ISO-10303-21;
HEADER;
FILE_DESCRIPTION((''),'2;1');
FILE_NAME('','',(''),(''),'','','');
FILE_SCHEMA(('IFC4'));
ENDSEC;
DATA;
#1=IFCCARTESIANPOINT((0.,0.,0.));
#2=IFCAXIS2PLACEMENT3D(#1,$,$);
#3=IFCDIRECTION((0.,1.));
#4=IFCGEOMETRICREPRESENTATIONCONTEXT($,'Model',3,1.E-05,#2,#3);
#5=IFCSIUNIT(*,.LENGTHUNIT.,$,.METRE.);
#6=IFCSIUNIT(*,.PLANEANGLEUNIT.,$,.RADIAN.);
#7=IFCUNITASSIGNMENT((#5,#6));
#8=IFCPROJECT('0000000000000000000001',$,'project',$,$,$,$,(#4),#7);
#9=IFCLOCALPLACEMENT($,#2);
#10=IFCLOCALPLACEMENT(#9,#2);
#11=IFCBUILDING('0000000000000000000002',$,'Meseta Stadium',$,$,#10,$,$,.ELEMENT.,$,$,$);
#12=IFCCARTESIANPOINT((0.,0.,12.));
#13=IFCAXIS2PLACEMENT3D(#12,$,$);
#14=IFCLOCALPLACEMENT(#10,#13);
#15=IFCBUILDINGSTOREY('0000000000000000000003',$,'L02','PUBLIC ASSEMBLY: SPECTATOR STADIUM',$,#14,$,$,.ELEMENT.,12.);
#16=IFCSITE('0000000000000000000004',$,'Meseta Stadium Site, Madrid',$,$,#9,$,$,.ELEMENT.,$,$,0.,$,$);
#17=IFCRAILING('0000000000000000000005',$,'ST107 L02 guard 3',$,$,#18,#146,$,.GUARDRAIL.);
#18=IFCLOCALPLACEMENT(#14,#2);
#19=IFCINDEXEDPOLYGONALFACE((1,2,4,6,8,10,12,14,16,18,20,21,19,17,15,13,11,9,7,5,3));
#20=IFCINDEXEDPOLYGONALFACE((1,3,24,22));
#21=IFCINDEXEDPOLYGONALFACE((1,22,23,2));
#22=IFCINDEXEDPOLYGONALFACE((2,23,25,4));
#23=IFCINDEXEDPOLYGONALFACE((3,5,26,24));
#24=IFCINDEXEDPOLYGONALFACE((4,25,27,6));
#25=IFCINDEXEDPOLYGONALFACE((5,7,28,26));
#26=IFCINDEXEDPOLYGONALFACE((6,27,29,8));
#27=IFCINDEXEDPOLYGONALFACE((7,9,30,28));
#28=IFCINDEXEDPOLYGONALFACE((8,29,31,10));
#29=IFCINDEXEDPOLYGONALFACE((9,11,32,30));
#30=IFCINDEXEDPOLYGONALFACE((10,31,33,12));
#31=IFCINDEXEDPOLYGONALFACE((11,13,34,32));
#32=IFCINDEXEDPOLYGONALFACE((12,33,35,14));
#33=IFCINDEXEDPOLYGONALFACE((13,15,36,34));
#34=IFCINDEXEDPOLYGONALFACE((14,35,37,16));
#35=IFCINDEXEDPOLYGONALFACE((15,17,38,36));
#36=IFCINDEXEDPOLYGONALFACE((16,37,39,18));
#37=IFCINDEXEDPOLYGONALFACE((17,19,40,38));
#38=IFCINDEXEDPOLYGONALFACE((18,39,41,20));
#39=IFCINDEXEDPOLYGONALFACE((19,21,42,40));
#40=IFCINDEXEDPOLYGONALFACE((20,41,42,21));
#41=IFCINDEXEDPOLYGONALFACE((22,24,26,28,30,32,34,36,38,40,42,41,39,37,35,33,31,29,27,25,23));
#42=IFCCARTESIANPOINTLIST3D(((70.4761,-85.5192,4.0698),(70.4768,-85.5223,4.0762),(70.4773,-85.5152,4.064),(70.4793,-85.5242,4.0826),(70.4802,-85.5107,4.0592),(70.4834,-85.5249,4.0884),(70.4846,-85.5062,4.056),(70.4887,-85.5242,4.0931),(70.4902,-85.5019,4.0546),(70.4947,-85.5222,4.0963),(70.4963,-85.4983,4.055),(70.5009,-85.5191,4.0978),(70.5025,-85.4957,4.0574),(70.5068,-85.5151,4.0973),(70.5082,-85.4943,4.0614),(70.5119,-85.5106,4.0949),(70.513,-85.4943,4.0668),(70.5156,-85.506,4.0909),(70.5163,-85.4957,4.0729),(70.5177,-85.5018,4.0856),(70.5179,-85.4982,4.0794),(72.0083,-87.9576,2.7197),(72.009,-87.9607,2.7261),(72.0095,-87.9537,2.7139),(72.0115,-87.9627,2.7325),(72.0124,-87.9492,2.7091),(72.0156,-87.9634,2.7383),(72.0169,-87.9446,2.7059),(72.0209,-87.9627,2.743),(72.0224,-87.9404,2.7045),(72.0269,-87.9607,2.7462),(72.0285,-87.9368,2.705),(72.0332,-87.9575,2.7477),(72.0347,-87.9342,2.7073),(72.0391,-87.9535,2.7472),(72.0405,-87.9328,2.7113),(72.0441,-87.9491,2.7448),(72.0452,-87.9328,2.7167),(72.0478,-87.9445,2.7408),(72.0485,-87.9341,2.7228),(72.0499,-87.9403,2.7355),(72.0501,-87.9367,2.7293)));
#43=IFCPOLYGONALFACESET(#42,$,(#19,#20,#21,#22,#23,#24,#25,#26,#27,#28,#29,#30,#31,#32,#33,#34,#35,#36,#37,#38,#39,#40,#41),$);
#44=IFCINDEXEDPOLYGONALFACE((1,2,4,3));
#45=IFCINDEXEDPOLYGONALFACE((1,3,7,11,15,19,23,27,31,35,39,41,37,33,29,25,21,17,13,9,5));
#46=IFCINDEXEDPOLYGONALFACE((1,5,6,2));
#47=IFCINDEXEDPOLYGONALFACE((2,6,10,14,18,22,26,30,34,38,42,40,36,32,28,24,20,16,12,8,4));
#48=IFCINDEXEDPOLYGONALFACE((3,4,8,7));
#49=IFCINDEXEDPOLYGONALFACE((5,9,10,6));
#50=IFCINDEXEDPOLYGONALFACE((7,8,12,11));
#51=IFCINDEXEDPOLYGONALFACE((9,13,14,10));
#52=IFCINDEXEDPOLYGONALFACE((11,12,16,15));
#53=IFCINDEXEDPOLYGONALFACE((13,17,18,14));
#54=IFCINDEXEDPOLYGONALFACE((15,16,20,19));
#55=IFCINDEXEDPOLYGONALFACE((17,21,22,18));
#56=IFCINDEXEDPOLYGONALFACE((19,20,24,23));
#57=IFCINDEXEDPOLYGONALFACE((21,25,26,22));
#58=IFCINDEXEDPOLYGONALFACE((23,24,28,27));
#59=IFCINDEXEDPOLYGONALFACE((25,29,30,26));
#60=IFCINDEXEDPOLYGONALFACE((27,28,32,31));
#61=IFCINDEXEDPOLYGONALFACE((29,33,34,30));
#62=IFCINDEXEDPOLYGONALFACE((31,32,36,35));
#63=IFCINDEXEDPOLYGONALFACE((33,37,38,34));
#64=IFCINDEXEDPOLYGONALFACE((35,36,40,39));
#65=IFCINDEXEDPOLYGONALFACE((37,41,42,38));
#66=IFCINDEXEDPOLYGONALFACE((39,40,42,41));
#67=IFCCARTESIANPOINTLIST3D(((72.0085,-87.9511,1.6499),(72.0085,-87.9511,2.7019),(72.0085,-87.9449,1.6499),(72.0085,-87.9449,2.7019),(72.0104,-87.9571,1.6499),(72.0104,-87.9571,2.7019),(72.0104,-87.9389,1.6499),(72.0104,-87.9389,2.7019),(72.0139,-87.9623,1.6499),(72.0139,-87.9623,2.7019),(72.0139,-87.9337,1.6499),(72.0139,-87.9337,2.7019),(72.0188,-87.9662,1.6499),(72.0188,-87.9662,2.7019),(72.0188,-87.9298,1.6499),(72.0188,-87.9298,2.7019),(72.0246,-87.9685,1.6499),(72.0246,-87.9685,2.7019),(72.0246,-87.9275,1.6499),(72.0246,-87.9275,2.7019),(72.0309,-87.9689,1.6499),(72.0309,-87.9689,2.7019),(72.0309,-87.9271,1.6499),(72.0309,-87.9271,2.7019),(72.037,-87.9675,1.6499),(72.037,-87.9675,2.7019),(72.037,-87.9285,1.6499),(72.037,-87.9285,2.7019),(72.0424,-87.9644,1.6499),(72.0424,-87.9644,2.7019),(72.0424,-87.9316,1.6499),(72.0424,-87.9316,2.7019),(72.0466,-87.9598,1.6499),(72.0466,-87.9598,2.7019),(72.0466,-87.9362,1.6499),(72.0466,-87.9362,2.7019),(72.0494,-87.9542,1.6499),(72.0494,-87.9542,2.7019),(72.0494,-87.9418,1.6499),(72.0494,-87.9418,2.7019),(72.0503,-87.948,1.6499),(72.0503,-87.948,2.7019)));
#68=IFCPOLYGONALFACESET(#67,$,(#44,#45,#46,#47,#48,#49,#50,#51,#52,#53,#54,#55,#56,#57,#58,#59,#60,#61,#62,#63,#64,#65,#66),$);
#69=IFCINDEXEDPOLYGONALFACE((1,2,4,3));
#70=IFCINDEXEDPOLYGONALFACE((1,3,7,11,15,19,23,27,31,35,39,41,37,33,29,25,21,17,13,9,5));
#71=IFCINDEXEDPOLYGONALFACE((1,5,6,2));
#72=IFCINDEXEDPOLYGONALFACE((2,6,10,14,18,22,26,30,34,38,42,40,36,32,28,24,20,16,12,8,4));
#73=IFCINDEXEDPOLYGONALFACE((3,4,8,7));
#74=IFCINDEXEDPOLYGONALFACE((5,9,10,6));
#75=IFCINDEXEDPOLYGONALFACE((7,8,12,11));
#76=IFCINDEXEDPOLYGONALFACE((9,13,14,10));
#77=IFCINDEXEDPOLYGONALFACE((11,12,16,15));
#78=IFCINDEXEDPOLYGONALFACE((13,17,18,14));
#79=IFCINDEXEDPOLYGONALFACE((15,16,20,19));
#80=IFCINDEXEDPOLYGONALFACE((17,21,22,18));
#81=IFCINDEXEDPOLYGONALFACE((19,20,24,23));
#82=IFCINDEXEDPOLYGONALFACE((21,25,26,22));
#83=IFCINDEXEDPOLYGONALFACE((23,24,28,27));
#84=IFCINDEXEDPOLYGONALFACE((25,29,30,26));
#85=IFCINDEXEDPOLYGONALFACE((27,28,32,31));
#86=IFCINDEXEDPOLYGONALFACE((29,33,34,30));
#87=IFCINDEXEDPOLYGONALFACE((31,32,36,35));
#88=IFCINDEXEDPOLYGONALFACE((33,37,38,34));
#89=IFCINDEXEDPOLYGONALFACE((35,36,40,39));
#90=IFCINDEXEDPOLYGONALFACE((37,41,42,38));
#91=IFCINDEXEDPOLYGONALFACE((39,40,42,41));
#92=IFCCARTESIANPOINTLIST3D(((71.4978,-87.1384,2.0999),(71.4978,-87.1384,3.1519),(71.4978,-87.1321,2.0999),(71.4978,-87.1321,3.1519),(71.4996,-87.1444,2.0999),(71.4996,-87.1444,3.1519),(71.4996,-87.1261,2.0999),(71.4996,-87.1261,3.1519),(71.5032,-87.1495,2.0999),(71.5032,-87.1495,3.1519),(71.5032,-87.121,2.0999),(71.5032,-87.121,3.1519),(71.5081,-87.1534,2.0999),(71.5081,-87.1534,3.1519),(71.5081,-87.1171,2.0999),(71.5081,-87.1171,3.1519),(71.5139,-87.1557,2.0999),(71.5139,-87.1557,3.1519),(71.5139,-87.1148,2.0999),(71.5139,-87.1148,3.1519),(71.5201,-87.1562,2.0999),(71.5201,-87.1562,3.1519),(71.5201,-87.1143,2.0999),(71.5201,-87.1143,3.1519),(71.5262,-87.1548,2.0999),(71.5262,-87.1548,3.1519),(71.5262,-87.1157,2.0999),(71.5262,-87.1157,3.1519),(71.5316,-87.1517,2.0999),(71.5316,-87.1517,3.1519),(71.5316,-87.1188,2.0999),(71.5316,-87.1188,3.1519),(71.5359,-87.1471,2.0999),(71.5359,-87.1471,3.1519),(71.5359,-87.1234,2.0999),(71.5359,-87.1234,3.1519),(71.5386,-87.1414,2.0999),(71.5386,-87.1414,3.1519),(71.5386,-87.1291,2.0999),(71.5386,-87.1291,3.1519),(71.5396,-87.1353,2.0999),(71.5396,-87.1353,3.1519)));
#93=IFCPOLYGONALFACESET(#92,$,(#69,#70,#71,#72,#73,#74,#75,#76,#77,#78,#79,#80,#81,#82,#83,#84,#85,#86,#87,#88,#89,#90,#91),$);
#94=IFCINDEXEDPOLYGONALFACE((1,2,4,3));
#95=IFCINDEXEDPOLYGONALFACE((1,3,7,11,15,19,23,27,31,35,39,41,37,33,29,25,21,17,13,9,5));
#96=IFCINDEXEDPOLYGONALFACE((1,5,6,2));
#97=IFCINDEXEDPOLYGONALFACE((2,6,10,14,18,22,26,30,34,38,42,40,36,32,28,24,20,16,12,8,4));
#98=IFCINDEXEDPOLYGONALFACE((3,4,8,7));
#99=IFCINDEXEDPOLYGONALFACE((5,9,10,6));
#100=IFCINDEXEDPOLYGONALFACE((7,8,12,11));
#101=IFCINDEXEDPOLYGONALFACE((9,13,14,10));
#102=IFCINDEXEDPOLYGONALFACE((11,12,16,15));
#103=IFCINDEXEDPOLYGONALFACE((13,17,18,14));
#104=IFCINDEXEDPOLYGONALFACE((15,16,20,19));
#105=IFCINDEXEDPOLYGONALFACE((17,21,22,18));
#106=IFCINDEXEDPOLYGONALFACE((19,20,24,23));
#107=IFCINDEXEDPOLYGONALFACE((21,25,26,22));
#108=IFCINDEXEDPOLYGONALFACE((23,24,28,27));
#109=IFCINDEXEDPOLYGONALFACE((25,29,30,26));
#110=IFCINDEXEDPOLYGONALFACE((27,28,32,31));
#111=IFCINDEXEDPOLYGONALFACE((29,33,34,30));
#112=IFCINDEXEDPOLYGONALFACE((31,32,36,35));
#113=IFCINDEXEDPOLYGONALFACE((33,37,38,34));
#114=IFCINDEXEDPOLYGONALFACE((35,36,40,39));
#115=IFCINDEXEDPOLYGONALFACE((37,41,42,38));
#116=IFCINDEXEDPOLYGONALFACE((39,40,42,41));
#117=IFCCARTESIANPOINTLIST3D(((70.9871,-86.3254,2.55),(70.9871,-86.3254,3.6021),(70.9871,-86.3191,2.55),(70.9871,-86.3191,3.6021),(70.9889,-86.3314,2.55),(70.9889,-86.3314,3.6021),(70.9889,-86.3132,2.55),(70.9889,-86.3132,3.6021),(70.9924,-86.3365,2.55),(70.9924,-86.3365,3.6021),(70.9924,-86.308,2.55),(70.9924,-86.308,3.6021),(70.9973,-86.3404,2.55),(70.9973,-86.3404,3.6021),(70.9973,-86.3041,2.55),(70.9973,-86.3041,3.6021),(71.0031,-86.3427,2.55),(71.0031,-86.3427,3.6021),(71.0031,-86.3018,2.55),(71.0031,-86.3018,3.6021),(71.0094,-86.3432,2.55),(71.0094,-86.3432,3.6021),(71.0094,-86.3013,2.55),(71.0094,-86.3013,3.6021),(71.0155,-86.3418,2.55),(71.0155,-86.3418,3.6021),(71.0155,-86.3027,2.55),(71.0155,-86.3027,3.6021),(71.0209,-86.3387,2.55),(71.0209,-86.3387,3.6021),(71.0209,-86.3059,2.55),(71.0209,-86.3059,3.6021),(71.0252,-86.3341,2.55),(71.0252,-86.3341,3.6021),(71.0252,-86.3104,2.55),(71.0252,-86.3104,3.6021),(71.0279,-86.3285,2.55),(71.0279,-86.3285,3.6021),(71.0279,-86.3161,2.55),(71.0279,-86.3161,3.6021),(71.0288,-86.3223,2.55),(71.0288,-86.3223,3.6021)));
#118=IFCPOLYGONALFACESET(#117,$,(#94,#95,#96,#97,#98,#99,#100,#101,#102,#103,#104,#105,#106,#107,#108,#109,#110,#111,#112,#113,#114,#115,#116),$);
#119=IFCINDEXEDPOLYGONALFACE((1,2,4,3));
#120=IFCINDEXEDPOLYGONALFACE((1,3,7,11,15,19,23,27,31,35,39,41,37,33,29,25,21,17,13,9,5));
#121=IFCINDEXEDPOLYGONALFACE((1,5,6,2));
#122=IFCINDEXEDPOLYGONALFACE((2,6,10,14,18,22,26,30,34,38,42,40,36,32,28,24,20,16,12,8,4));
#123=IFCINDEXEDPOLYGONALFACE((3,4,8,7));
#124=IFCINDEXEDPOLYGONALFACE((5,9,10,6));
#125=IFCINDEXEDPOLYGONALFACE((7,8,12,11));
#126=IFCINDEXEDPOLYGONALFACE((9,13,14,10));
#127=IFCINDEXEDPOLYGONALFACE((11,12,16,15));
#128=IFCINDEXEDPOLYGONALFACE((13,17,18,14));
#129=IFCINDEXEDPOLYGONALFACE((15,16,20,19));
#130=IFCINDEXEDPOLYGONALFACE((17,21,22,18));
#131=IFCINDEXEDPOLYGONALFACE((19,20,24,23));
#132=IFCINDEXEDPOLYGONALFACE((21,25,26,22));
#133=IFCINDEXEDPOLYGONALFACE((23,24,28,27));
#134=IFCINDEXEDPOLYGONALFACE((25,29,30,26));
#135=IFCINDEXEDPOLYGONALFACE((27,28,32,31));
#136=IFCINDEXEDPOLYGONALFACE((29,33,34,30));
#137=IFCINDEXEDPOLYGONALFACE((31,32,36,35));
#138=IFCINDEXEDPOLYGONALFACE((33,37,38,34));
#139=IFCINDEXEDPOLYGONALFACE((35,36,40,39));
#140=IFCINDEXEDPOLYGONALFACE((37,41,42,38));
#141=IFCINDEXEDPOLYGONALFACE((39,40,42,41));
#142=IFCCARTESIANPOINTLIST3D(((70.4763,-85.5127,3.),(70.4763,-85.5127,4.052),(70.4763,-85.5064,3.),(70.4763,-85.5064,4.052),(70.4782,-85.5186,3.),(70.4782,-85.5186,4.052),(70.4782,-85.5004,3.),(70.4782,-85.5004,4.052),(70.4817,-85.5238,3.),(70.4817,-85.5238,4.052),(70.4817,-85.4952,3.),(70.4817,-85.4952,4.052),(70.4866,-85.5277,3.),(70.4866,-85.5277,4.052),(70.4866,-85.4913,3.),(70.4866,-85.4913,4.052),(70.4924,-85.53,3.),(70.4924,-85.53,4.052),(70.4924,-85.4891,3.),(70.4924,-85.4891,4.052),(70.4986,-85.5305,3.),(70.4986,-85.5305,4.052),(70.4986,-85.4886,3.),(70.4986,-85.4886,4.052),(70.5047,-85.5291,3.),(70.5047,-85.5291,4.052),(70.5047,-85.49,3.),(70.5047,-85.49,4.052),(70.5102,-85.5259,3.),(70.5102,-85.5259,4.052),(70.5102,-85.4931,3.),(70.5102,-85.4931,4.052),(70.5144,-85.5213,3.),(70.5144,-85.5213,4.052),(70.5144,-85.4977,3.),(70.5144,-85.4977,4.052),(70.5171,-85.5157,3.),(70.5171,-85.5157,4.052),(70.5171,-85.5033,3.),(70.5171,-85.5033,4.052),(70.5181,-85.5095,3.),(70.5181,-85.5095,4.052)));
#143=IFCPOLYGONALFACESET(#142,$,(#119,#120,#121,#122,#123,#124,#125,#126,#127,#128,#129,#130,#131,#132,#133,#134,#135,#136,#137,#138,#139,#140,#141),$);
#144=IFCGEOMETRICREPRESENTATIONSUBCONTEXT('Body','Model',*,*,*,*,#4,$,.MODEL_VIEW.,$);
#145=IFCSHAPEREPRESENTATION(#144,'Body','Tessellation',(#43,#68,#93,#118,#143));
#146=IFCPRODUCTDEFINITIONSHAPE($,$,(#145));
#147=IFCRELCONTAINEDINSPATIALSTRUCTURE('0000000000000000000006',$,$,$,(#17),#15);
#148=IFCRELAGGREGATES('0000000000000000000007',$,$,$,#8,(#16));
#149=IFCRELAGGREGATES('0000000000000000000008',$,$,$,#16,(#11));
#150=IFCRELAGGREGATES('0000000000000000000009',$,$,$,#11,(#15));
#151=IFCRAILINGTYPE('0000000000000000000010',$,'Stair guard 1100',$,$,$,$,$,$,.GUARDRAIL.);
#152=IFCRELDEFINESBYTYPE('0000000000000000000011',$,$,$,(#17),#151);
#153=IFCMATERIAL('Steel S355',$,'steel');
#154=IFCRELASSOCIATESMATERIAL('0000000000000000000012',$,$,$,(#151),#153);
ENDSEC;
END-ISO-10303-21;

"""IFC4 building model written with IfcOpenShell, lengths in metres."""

from ifc_helpers import new_model, si_unit, direction, frame, origin, origin_2d, place, context, subcontext, project, spatial, circle, extrude, material, type_object, element, save


model = new_model("IFC4")

# Units and contexts
model_context = context("Model", 3, precision=1e-05, world=origin(), true_north=direction((0.0, 1.0)))
body_context = subcontext(model_context, "Body", "Model", "MODEL_VIEW")
ifc_project = project(units=[si_unit("LENGTHUNIT", "METRE"), si_unit("PLANEANGLEUNIT", "RADIAN")], contexts=[model_context])

# Site, building, storey
site_placement = place(None, origin())
site = spatial("IfcSite", under=ifc_project, at=site_placement, Name="Meseta Stadium Site, Madrid", CompositionType="ELEMENT", RefElevation=0.0)
building_placement = place(site_placement, origin())
building = spatial("IfcBuilding", under=site, at=building_placement, Name="Meseta Stadium", CompositionType="ELEMENT")
storey_placement = place(building_placement, frame((0.0, 0.0, 12.0)))
storey = spatial("IfcBuildingStorey", under=building, at=storey_placement, Name="L02", Description="PUBLIC ASSEMBLY: SPECTATOR STADIUM", CompositionType="ELEMENT", Elevation=12.0)

# Railing
ifc_material_1 = material(Name="Steel S355", Category="steel")
railing_type_1 = type_object("IfcRailingType", Name="Stair guard 1100", PredefinedType="GUARDRAIL", material=ifc_material_1)
railing_1_placement = place(storey_placement, frame((72.0293, -87.948, 1.6499)))
element("IfcRailing", 1, at=railing_1_placement, inside=storey, type_object=railing_type_1, Name="ST107 L02 guard 3", PredefinedType="GUARDRAIL", context=body_context, shape_type="SweptSolid", body=[
    extrude(circle(Radius=0.0239, at=origin_2d()), frame((0.0, 0.0, 1.0762), z_axis=(-0.481731, 0.766655, 0.42447), x_axis=(-0.846719, -0.53204, 0.0)), (0.0, 0.0, 1.0), 3.1807),
    extrude(circle(Radius=0.021, at=origin_2d()), origin(), (0.0, 0.0, 1.0), 1.052),
    extrude(circle(Radius=0.021, at=origin_2d()), frame((-0.5107, 0.8127, 0.45)), (0.0, 0.0, 1.0), 1.052),
    extrude(circle(Radius=0.021, at=origin_2d()), frame((-1.0215, 1.6257, 0.9001)), (0.0, 0.0, 1.0), 1.052),
    extrude(circle(Radius=0.021, at=origin_2d()), frame((-1.5322, 2.4385, 1.3501)), (0.0, 0.0, 1.0), 1.052),
])

save(model, "model.ifc")
